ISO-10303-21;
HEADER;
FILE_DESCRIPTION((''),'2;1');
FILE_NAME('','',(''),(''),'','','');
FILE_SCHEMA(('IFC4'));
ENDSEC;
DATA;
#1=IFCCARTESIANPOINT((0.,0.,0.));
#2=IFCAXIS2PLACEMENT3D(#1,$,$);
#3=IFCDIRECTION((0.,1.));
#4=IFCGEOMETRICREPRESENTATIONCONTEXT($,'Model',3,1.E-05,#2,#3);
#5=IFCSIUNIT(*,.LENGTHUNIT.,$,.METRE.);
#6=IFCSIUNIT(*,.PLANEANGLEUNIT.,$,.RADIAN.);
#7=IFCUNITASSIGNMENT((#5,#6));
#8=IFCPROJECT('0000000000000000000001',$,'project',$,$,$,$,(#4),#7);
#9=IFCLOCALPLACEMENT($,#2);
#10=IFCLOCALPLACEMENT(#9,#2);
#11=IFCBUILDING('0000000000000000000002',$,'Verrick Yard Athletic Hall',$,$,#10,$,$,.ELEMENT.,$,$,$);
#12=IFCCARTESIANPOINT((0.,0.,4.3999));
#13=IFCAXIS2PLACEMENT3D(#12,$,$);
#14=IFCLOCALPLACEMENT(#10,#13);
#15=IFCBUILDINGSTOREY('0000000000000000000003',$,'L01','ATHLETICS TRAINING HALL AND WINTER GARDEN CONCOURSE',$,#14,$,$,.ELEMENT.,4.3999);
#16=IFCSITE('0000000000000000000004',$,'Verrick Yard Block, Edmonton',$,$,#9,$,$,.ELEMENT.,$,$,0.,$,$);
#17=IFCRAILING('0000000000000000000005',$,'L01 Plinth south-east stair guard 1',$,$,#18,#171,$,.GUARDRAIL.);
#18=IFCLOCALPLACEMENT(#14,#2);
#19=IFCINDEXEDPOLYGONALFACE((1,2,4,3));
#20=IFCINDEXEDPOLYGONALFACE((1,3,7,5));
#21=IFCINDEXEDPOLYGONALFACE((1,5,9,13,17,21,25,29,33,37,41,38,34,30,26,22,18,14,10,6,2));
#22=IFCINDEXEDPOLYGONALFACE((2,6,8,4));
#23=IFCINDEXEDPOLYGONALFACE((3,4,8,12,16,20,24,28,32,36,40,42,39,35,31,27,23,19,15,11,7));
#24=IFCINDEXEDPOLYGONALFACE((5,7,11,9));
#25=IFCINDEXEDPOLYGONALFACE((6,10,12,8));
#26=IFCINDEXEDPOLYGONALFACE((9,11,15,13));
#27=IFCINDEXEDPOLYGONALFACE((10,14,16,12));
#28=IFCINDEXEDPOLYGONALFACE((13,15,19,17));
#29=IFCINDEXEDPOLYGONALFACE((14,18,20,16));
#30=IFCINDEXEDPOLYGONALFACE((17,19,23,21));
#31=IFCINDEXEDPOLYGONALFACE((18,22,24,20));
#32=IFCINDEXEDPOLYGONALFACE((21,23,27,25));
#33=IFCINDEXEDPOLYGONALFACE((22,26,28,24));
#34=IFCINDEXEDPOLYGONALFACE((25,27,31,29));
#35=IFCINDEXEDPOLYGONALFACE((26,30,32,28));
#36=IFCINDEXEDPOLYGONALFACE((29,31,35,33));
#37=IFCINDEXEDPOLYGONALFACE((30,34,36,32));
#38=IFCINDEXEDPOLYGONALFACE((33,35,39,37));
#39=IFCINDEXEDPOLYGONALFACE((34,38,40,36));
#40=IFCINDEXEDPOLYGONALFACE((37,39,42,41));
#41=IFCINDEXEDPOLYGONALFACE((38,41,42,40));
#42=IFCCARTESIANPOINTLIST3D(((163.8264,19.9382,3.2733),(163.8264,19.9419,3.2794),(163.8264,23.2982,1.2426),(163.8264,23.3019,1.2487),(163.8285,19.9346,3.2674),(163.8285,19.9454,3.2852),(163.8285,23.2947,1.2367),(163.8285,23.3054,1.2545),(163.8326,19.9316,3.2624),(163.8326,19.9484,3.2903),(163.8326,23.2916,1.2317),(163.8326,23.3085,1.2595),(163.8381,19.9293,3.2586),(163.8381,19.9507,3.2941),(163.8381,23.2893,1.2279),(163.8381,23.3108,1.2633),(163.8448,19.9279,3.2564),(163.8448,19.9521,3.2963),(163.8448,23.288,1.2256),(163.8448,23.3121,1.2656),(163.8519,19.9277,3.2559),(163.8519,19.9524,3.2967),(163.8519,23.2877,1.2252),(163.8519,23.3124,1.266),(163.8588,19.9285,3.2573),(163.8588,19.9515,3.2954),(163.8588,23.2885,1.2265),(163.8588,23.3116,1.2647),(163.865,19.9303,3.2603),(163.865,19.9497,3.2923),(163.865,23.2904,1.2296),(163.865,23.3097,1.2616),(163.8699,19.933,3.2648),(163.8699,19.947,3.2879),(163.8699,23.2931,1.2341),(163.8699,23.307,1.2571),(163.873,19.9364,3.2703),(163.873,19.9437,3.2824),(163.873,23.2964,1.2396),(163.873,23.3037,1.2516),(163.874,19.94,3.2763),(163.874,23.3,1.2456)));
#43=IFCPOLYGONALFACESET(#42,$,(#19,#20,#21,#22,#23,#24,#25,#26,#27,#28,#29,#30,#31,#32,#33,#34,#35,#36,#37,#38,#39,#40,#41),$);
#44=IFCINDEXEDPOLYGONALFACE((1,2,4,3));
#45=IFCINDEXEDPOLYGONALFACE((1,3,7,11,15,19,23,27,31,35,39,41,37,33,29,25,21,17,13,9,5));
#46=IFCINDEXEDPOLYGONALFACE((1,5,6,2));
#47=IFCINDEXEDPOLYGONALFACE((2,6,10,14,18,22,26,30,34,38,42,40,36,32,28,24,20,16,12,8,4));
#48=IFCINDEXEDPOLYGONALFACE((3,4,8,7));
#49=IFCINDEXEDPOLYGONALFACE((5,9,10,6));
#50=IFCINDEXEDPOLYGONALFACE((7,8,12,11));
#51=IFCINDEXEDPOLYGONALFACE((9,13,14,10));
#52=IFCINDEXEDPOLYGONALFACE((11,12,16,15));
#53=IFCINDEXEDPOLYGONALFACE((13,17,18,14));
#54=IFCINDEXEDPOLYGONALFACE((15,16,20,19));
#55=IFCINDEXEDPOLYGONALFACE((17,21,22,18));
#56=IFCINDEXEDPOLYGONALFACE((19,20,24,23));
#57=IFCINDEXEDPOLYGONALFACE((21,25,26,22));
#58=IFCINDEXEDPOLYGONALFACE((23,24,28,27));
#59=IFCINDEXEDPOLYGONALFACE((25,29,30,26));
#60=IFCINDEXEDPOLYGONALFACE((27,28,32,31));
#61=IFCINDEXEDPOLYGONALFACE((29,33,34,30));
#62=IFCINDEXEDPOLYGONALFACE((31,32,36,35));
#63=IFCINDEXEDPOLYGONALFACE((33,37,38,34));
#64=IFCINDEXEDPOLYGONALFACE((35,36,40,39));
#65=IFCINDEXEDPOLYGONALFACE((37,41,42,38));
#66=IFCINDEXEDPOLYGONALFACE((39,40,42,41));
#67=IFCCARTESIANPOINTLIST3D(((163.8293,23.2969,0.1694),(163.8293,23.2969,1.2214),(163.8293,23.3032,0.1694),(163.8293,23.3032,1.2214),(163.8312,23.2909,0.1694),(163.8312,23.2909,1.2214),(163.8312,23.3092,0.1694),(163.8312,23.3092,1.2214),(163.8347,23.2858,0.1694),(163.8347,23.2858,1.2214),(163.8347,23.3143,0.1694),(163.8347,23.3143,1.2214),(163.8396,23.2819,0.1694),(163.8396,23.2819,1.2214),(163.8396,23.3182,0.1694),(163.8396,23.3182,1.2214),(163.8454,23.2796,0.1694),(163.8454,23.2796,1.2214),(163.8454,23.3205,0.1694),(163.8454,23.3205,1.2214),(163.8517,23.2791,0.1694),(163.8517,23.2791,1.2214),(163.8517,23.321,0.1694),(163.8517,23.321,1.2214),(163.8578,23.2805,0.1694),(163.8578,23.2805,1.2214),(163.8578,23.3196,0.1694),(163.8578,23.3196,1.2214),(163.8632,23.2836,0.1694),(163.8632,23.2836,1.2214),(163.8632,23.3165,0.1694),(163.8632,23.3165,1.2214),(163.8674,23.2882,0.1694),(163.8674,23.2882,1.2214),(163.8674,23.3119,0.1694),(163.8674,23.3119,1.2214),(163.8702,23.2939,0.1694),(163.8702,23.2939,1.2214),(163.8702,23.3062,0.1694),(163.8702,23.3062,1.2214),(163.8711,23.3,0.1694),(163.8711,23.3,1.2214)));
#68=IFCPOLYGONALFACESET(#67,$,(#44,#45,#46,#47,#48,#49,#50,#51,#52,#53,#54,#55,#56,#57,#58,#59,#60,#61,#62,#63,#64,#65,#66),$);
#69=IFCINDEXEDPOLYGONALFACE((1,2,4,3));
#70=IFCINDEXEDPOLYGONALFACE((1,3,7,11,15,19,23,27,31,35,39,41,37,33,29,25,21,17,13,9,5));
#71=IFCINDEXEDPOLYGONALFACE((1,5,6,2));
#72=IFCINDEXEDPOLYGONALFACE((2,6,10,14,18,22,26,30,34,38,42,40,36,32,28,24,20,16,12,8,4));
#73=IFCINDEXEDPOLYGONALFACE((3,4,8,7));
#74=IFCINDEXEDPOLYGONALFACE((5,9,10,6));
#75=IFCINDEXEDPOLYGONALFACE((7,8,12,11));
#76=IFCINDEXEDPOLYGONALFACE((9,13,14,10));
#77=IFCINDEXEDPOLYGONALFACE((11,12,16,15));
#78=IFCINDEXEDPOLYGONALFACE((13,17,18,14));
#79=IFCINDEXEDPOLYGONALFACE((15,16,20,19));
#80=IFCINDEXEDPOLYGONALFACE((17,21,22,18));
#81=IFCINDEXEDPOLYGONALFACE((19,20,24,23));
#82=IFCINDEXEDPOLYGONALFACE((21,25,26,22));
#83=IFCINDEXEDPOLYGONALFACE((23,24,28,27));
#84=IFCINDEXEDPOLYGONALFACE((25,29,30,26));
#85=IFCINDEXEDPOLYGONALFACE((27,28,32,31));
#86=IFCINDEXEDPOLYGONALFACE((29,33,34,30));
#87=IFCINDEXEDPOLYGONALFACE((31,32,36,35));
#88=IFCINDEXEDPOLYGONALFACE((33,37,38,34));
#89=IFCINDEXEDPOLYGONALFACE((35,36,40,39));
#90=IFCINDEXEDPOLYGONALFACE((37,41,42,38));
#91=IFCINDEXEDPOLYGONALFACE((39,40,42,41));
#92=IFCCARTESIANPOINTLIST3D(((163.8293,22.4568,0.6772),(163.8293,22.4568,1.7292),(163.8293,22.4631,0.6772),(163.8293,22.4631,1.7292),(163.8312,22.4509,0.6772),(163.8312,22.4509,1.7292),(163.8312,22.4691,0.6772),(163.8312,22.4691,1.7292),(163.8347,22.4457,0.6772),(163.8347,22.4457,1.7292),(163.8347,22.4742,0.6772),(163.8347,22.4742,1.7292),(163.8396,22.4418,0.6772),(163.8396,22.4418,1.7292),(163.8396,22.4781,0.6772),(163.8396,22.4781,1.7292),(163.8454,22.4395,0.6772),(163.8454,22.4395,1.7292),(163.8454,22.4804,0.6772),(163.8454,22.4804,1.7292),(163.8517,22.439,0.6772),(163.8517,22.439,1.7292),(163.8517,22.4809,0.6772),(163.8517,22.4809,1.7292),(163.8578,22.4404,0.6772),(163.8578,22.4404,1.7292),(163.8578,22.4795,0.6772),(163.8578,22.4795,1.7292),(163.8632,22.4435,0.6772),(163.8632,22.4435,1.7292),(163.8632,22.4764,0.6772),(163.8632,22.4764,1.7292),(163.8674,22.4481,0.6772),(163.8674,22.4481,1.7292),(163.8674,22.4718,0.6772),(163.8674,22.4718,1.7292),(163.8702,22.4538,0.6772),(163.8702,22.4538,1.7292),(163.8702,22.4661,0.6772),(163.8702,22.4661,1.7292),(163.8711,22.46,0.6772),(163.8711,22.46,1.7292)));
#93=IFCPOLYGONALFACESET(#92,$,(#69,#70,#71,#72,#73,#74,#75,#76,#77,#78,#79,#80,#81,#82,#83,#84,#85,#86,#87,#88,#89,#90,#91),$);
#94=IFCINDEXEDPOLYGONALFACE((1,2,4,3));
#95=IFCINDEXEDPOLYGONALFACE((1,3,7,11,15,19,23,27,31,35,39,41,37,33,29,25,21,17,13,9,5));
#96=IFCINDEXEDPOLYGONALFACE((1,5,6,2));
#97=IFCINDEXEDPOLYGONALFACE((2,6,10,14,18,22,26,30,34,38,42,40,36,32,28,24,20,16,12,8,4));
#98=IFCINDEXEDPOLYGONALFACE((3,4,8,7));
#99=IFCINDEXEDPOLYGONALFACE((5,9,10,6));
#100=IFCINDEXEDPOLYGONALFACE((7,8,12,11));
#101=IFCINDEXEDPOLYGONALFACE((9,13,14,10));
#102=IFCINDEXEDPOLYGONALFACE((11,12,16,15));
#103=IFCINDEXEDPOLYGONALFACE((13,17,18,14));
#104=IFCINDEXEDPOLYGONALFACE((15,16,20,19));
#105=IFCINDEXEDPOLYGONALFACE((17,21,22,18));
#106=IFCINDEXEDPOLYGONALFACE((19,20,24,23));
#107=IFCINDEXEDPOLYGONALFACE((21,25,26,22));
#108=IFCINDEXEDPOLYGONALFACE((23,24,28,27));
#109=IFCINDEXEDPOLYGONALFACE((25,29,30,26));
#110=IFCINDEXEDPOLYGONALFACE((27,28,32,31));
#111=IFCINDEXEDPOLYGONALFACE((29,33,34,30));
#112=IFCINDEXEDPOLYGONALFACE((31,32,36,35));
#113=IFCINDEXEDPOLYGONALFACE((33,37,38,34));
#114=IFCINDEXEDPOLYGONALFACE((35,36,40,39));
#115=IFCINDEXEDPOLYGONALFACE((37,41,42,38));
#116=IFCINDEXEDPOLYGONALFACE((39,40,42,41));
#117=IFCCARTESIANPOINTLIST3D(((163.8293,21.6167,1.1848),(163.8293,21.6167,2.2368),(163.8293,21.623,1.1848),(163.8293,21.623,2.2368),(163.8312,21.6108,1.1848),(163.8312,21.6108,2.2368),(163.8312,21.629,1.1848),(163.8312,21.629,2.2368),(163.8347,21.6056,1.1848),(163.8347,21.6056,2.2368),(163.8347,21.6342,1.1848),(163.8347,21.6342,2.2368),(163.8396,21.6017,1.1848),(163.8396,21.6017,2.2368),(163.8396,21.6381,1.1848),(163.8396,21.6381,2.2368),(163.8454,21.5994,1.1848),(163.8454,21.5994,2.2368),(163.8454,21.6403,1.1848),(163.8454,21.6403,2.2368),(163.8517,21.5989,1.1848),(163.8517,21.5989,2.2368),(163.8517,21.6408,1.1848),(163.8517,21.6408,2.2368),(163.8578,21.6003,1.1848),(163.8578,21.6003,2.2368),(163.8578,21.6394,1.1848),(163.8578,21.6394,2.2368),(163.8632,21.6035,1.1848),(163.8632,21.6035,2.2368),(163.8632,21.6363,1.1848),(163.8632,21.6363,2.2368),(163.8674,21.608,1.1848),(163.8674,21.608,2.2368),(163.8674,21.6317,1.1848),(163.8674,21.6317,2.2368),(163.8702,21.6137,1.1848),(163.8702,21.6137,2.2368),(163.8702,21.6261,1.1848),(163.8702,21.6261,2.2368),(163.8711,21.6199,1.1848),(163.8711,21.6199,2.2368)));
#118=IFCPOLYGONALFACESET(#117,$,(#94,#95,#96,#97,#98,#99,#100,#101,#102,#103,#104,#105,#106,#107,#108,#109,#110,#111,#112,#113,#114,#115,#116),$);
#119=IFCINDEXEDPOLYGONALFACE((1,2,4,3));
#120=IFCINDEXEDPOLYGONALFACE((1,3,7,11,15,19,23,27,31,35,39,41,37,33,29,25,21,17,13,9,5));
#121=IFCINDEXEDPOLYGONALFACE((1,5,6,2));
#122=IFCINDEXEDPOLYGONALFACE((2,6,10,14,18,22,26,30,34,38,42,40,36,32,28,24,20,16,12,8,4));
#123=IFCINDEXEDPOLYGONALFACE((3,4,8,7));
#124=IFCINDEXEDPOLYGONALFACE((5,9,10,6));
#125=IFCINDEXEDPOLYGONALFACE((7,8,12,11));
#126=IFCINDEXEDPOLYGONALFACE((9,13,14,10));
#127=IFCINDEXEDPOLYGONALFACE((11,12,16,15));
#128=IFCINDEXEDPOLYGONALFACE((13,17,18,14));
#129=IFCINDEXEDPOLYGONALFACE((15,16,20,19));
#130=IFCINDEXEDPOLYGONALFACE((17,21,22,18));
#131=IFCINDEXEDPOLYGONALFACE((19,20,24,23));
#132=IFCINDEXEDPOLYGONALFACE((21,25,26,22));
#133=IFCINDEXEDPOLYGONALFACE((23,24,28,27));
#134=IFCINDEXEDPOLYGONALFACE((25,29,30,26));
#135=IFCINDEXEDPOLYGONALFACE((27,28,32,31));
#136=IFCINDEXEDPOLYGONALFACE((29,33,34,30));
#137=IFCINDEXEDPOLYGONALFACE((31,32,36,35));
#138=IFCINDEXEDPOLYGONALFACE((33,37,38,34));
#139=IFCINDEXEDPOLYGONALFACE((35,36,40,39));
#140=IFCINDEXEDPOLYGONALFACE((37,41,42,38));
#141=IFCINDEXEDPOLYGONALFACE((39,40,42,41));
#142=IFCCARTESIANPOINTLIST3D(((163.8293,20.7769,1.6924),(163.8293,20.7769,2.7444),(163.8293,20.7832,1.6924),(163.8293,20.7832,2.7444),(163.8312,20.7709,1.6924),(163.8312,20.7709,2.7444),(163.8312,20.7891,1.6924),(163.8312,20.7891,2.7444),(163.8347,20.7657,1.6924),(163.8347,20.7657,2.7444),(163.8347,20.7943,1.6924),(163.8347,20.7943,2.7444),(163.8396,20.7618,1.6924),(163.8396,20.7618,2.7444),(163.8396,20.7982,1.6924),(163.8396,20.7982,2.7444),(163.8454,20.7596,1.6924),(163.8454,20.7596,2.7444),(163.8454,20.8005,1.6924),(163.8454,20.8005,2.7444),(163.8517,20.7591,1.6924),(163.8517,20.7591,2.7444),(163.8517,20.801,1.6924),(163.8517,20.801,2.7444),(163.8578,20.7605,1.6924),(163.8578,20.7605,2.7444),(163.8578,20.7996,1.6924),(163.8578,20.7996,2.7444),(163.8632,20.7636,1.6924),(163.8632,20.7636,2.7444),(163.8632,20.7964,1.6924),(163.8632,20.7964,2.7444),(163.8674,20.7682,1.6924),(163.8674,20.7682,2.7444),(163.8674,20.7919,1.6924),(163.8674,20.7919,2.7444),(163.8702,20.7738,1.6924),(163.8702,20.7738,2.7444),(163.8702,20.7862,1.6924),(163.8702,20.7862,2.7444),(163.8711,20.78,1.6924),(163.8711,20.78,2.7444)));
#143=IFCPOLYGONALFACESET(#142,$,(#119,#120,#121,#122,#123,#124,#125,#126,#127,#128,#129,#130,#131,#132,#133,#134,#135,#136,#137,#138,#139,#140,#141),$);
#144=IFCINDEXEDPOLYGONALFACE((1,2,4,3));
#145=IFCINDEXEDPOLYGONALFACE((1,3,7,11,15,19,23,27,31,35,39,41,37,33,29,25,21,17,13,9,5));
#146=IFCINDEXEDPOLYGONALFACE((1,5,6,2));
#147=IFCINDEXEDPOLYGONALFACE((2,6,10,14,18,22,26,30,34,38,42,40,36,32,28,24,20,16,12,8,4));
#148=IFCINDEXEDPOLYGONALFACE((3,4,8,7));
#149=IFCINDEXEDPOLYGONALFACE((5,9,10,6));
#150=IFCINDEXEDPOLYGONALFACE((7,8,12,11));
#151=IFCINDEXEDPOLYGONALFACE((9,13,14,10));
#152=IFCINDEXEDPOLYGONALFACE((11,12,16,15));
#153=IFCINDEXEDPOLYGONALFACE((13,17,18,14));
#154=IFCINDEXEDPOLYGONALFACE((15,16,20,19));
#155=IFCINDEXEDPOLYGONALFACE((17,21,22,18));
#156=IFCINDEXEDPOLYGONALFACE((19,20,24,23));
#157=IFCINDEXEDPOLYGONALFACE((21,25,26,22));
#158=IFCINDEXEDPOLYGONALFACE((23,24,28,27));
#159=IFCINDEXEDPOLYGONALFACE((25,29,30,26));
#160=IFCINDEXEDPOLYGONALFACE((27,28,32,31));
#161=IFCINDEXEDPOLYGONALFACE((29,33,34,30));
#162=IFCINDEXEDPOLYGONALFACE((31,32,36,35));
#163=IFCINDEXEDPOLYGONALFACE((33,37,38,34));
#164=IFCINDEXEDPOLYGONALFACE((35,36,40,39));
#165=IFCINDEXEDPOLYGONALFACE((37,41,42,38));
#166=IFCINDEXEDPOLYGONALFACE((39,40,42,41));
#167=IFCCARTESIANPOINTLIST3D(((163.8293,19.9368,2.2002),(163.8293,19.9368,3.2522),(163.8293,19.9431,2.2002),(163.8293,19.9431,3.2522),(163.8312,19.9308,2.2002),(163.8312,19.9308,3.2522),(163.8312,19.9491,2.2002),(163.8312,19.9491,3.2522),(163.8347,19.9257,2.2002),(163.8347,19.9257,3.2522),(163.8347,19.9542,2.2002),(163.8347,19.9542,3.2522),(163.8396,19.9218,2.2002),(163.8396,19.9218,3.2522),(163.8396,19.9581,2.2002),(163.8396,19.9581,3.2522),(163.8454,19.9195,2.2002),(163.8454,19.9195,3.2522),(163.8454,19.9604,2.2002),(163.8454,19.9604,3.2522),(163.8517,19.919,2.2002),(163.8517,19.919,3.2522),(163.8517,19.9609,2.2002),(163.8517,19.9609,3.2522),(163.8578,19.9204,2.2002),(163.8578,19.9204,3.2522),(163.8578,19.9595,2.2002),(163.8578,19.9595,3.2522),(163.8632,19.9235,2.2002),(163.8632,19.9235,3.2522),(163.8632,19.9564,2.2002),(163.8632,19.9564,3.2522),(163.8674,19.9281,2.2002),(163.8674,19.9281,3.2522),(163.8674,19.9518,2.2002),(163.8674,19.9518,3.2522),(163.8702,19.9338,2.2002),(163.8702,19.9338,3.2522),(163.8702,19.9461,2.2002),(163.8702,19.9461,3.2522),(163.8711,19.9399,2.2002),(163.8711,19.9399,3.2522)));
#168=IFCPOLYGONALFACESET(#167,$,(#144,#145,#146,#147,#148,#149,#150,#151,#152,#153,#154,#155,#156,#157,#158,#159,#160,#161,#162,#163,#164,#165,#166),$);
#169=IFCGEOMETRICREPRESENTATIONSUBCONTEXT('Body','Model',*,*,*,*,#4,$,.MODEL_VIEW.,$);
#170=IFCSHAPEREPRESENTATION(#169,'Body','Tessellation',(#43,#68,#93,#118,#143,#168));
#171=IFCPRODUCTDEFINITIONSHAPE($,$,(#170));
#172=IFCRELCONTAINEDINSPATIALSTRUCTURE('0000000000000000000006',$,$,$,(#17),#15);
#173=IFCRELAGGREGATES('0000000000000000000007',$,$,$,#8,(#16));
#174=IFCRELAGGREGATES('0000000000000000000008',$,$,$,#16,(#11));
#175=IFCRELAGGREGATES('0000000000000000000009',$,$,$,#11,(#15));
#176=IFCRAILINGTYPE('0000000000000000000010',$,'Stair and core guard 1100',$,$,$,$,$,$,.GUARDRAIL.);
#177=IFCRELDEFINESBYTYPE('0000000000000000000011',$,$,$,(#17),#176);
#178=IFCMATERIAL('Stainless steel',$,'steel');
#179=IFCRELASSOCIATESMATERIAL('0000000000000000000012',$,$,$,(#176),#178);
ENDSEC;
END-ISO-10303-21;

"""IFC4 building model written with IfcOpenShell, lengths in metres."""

from ifc_helpers import new_model, si_unit, direction, frame, origin, origin_2d, place, context, subcontext, project, spatial, circle, extrude, material, type_object, element, save


model = new_model("IFC4")

# Units and contexts
model_context = context("Model", 3, precision=1e-05, world=origin(), true_north=direction((0.0, 1.0)))
body_context = subcontext(model_context, "Body", "Model", "MODEL_VIEW")
ifc_project = project(units=[si_unit("LENGTHUNIT", "METRE"), si_unit("PLANEANGLEUNIT", "RADIAN")], contexts=[model_context])

# Site, building, storey
site_placement = place(None, origin())
site = spatial("IfcSite", under=ifc_project, at=site_placement, Name="Verrick Yard Block, Edmonton", CompositionType="ELEMENT", RefElevation=0.0)
building_placement = place(site_placement, origin())
building = spatial("IfcBuilding", under=site, at=building_placement, Name="Verrick Yard Athletic Hall", CompositionType="ELEMENT")
storey_placement = place(building_placement, frame((0.0, 0.0, 4.3999)))
storey = spatial("IfcBuildingStorey", under=building, at=storey_placement, Name="L01", Description="ATHLETICS TRAINING HALL AND WINTER GARDEN CONCOURSE", CompositionType="ELEMENT", Elevation=4.3999)

# Railing
ifc_material_1 = material(Name="Stainless steel", Category="steel")
railing_type_1 = type_object("IfcRailingType", Name="Stair and core guard 1100", PredefinedType="GUARDRAIL", material=ifc_material_1)
railing_1_placement = place(storey_placement, frame((163.8501, 23.3, 0.1694)))
element("IfcRailing", 1, at=railing_1_placement, inside=storey, type_object=railing_type_1, Name="L01 Plinth south-east stair guard 1", PredefinedType="GUARDRAIL", context=body_context, shape_type="SweptSolid", body=[
    extrude(circle(Radius=0.0239, at=origin_2d()), frame((0.0, 0.0, 1.0762), z_axis=(0.0, -0.855837, 0.517246), x_axis=(1.0, 0.0, 0.0)), (0.0, 0.0, 1.0), 3.926),
    extrude(circle(Radius=0.021, at=origin_2d()), origin(), (0.0, 0.0, 1.0), 1.052),
    extrude(circle(Radius=0.021, at=origin_2d()), frame((0.0, -0.8401, 0.5078)), (0.0, 0.0, 1.0), 1.052),
    extrude(circle(Radius=0.021, at=origin_2d()), frame((0.0, -1.6802, 1.0154)), (0.0, 0.0, 1.0), 1.052),
    extrude(circle(Radius=0.021, at=origin_2d()), frame((0.0, -2.52, 1.5229)), (0.0, 0.0, 1.0), 1.052),
    extrude(circle(Radius=0.021, at=origin_2d()), frame((0.0, -3.3601, 2.0308)), (0.0, 0.0, 1.0), 1.052),
])

save(model, "model.ifc")
